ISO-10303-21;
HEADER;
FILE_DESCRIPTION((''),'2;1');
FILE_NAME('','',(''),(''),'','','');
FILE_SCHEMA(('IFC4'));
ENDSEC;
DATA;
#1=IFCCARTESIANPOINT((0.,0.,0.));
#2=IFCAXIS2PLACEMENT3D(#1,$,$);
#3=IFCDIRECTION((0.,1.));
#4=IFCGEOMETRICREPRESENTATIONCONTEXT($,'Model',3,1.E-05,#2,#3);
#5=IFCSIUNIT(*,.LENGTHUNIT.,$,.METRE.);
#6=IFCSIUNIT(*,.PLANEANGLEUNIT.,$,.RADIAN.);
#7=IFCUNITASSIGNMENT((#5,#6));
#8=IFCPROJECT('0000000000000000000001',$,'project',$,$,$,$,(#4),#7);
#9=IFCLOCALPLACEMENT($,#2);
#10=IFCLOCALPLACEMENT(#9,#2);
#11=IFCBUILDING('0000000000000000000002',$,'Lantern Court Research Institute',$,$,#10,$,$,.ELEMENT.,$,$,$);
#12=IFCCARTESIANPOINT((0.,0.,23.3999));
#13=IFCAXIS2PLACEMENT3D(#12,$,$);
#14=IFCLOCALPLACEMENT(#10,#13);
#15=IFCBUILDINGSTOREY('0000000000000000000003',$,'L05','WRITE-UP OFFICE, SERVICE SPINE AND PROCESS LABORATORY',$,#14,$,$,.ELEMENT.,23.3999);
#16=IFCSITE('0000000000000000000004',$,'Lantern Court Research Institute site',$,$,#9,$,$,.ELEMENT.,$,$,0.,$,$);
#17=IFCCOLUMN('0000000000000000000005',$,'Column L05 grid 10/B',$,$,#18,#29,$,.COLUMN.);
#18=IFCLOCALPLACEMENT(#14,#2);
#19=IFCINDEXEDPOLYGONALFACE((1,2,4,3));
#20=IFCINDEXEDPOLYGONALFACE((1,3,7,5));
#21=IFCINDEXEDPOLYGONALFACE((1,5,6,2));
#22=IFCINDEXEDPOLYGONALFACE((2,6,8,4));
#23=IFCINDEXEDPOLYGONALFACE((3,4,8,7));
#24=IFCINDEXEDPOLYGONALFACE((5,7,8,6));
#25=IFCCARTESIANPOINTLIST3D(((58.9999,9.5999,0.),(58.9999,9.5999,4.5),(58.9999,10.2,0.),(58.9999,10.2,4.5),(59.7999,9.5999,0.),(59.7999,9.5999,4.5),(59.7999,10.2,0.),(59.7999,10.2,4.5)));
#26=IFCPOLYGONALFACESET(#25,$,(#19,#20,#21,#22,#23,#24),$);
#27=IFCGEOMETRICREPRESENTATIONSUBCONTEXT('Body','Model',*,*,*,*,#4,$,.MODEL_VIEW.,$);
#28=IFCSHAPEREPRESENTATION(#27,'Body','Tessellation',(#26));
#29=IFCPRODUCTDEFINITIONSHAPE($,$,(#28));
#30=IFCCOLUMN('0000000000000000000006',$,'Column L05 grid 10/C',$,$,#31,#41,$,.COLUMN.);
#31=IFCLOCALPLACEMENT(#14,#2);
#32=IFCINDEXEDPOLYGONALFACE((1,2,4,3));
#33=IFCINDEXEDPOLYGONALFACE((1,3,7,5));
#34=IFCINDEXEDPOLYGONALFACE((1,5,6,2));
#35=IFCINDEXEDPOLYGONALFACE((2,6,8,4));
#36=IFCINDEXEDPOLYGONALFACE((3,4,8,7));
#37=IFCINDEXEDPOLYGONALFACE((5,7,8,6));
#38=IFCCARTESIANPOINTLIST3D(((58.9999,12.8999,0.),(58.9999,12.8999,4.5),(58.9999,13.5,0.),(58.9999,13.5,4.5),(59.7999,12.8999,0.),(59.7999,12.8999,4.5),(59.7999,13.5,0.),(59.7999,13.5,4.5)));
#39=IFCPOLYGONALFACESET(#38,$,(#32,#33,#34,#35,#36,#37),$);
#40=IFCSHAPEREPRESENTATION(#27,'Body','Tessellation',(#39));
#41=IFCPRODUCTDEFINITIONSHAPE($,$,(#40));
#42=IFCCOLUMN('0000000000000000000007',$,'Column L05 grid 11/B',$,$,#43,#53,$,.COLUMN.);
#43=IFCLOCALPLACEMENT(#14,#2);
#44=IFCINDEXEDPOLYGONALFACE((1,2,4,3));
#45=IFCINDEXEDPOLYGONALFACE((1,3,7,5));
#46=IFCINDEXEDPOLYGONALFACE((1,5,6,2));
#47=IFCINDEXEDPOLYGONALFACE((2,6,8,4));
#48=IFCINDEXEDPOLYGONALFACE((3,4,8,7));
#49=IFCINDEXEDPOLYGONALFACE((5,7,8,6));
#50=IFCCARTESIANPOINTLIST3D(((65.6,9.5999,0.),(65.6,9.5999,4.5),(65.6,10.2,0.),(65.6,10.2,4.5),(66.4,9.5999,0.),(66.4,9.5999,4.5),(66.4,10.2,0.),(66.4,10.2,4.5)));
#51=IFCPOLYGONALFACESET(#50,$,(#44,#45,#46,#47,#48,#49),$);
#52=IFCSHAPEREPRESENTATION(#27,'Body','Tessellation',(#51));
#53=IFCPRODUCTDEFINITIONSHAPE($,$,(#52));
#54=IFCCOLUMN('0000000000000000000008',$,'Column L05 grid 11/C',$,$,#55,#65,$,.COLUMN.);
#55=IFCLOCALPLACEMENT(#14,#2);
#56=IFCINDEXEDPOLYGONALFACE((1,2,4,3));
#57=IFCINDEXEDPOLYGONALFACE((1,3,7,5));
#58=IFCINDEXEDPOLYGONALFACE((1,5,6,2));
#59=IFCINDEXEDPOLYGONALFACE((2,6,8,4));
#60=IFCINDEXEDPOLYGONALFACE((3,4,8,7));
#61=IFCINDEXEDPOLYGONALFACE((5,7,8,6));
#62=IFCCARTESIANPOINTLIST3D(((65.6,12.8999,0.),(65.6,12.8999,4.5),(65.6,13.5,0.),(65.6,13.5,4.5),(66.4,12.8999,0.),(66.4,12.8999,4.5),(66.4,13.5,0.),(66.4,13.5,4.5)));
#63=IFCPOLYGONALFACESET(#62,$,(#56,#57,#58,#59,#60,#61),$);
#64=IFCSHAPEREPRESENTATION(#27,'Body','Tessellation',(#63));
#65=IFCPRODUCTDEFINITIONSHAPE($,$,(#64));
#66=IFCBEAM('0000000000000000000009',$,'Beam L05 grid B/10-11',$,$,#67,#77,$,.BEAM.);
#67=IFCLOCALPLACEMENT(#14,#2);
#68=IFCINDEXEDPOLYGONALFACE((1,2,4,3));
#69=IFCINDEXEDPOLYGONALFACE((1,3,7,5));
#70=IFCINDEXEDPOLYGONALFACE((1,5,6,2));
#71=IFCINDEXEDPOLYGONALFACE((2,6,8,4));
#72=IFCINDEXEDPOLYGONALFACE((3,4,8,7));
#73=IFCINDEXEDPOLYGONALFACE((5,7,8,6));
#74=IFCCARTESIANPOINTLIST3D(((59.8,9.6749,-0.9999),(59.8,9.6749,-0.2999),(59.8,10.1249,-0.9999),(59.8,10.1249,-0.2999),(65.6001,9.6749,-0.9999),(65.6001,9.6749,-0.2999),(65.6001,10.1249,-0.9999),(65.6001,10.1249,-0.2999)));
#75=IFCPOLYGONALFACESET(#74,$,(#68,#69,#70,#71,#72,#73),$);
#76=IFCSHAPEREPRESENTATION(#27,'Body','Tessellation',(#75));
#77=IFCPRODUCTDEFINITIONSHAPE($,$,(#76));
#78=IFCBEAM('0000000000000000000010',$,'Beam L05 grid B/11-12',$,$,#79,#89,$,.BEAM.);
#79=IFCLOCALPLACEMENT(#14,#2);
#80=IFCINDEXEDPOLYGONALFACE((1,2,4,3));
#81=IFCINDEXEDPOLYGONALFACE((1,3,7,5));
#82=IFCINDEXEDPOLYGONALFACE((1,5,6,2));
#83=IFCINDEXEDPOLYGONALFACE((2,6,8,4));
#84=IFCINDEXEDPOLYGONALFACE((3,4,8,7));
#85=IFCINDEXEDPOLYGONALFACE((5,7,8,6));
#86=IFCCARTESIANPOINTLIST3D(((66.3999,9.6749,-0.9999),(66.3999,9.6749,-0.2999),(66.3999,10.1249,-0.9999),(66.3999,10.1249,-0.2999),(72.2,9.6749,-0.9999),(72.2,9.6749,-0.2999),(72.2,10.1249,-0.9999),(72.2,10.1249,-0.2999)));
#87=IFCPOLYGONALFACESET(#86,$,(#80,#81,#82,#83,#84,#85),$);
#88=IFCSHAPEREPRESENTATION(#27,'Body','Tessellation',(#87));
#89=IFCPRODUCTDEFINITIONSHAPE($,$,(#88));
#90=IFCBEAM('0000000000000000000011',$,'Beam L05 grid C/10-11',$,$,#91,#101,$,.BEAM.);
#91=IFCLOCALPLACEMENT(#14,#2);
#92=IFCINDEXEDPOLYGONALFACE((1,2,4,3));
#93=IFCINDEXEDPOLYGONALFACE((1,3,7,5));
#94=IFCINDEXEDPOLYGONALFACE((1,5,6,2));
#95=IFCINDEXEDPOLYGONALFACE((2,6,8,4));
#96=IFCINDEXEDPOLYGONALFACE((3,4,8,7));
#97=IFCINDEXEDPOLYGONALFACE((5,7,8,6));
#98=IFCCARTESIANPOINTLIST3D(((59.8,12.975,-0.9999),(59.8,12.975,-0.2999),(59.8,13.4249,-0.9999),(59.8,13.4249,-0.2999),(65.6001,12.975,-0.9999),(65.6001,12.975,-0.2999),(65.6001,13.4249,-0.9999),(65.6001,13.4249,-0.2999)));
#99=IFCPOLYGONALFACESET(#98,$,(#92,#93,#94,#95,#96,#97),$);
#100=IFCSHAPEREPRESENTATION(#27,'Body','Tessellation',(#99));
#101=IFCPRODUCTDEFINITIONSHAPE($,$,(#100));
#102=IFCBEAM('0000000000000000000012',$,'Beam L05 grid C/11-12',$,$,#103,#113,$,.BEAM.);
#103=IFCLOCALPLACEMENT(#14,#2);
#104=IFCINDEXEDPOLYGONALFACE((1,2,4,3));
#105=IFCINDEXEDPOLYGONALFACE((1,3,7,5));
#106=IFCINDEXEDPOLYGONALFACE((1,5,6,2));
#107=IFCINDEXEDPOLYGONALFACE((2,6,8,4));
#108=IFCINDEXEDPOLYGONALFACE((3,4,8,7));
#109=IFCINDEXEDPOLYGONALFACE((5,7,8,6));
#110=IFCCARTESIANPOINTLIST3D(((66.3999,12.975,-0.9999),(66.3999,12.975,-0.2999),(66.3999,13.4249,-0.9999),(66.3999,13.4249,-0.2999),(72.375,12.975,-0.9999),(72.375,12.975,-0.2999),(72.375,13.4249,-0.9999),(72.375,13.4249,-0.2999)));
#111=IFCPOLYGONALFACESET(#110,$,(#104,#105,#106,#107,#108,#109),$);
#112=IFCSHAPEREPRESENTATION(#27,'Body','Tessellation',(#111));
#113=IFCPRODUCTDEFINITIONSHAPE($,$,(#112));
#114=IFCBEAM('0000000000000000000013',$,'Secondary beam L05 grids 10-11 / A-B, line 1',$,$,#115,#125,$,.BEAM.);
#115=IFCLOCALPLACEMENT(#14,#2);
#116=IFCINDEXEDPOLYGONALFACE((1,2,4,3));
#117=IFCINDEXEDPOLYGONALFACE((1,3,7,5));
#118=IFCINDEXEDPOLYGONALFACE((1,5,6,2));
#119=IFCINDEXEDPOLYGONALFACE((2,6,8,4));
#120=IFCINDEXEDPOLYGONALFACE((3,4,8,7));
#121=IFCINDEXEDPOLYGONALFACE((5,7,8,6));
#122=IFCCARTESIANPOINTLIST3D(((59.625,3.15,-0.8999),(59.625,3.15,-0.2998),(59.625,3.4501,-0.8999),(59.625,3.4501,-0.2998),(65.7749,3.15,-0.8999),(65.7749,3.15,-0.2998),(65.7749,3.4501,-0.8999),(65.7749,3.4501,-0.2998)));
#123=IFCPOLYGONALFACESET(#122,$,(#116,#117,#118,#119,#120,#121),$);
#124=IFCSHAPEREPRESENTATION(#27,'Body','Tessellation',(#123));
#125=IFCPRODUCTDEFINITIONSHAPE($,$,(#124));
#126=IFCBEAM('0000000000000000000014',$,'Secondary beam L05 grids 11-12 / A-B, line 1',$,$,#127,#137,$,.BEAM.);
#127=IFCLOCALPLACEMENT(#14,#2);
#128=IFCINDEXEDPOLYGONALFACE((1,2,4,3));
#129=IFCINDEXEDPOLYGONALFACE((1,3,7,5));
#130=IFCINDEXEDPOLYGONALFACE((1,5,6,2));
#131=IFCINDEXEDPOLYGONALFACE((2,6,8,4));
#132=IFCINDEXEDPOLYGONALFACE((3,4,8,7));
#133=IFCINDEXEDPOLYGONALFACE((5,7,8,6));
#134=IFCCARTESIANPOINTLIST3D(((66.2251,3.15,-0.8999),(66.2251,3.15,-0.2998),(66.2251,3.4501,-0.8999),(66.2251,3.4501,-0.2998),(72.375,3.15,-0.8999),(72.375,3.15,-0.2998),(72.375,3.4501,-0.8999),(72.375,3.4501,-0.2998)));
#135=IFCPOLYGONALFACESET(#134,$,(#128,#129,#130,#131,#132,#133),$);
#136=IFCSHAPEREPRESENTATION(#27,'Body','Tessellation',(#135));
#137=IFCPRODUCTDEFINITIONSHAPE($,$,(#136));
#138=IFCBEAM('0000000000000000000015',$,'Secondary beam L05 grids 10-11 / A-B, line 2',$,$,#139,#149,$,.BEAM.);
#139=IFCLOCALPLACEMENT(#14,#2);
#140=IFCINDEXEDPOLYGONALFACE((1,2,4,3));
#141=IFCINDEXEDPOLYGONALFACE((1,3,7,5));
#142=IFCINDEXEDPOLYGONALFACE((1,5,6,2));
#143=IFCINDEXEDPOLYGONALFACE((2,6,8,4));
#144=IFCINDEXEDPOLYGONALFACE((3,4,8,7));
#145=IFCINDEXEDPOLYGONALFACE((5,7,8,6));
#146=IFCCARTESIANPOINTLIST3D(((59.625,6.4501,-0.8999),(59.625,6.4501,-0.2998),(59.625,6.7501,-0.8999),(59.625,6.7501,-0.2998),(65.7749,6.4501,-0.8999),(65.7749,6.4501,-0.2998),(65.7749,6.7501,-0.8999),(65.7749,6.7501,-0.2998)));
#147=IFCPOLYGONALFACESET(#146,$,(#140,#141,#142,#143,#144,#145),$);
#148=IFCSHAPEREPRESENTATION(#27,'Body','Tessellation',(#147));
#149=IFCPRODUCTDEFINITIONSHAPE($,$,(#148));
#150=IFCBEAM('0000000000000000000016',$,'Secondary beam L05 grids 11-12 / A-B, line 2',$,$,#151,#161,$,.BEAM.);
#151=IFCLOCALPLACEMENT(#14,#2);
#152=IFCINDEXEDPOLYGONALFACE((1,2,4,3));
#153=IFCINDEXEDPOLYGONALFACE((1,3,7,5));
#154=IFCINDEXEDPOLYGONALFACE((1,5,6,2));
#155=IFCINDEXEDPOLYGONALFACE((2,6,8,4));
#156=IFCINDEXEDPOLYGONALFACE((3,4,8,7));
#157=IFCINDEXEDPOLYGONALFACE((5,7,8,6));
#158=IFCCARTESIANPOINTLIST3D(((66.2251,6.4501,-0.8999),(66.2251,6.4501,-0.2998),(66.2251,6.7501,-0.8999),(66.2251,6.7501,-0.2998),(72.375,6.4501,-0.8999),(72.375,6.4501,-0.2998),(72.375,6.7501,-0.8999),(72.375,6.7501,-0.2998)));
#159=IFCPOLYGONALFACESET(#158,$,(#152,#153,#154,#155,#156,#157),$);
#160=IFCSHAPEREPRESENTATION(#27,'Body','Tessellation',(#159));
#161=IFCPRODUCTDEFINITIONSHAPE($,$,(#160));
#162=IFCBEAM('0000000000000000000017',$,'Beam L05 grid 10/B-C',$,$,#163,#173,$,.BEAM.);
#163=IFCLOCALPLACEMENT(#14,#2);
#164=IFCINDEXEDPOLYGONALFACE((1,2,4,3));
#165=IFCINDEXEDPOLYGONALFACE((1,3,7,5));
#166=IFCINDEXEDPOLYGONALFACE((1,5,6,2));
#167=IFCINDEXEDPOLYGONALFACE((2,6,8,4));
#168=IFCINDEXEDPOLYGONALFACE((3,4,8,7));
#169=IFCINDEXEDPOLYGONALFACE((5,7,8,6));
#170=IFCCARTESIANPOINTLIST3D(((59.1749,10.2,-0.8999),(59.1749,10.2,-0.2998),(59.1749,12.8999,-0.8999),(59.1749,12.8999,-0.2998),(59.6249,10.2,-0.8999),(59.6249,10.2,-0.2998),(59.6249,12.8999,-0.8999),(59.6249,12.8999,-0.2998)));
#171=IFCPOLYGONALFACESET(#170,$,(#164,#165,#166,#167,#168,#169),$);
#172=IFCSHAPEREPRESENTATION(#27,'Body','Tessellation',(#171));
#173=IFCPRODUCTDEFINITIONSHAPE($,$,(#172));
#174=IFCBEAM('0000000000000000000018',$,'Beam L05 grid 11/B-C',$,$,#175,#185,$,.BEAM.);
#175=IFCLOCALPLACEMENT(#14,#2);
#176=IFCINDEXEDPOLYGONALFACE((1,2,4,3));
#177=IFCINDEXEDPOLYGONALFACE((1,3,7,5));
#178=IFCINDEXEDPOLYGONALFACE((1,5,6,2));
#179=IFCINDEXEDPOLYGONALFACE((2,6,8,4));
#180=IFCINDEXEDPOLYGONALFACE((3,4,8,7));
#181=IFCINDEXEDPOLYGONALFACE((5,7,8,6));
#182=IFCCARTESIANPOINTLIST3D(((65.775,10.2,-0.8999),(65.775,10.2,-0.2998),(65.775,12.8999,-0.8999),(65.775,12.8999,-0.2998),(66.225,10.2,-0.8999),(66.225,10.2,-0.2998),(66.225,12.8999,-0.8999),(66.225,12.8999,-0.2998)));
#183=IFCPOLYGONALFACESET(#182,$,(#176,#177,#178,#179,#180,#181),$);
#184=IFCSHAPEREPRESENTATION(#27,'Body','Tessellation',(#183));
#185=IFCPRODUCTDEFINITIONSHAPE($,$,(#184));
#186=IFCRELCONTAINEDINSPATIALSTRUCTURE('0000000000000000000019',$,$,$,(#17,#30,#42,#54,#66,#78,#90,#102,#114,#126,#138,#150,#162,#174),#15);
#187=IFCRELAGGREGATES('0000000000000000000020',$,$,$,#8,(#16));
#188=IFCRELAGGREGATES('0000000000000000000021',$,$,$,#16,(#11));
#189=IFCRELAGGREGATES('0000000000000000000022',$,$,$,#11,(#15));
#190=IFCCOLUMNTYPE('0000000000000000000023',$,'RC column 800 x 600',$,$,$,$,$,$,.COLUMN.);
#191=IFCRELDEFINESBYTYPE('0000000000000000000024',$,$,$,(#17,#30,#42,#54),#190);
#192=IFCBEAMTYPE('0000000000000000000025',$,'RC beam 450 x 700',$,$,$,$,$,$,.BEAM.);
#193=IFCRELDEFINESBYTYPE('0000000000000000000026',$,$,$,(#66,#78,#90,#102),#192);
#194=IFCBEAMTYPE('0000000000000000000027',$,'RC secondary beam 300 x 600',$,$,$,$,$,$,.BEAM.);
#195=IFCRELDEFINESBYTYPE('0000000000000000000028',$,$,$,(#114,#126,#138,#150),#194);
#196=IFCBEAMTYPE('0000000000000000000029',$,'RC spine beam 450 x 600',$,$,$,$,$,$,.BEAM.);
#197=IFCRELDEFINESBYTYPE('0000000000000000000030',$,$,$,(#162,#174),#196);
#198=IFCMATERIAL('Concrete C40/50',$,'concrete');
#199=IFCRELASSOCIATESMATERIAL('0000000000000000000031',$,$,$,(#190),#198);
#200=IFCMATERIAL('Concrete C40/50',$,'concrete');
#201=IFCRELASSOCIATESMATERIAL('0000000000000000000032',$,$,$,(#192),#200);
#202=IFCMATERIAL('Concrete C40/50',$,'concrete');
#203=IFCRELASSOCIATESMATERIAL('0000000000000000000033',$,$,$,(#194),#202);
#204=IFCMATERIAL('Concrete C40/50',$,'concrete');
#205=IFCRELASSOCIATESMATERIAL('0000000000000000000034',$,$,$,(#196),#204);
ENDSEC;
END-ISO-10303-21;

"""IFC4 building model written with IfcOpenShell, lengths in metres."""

from ifc_helpers import new_model, si_unit, direction, frame, origin, origin_2d, place, context, subcontext, project, spatial, rectangle, extrude, material, material_profile, profile_set, type_object, element, save


model = new_model("IFC4")

# Units and contexts
model_context = context("Model", 3, precision=1e-05, world=origin(), true_north=direction((0.0, 1.0)))
body_context = subcontext(model_context, "Body", "Model", "MODEL_VIEW")
ifc_project = project(units=[si_unit("LENGTHUNIT", "METRE"), si_unit("PLANEANGLEUNIT", "RADIAN")], contexts=[model_context])

# Site, building, storey
site_placement = place(None, origin())
site = spatial("IfcSite", under=ifc_project, at=site_placement, Name="Lantern Court Research Institute site", CompositionType="ELEMENT", RefElevation=0.0)
building_placement = place(site_placement, origin())
building = spatial("IfcBuilding", under=site, at=building_placement, Name="Lantern Court Research Institute", CompositionType="ELEMENT")
storey_placement = place(building_placement, frame((0.0, 0.0, 23.3999)))
storey = spatial("IfcBuildingStorey", under=building, at=storey_placement, Name="L05", Description="WRITE-UP OFFICE, SERVICE SPINE AND PROCESS LABORATORY", CompositionType="ELEMENT", Elevation=23.3999)

# Columns
ifc_material_1 = material(Name="Concrete C40/50", Category="concrete")
ifc_material_profile_1 = material_profile(ifc_material_1, rectangle(XDim=0.8, YDim=0.6001, at=origin_2d()), Name="RC column 800 x 600")
ifc_profile_set_1 = profile_set([ifc_material_profile_1], Name="Concrete C40/50")
column_type = type_object("IfcColumnType", Name="RC column 800 x 600", PredefinedType="COLUMN", material=ifc_profile_set_1)
for number, where, z_axis, x_axis, name in (
    (1, (59.3999, 9.8999, 0.0), (0.0, 0.0, 1.0), (1.0, 0.0, 0.0), "Column L05 grid 10/B"),
    (2, (59.3999, 13.2, 0.0), (0.0, 0.0, 1.0), (1.0, 0.0, 0.0), "Column L05 grid 10/C"),
    (3, (66.0, 9.8999, 0.0), (0.0, 0.0, 1.0), (1.0, 0.0, 0.0), "Column L05 grid 11/B"),
    (4, (66.0, 13.2, 0.0), (0.0, 0.0, 1.0), (1.0, 0.0, 0.0), "Column L05 grid 11/C"),
):
    element("IfcColumn", number, at=place(storey_placement, frame(where, z_axis=z_axis, x_axis=x_axis)), inside=storey, type_object=column_type, Name=name, PredefinedType="COLUMN", context=body_context, shape_type="SweptSolid", body=[
        extrude(rectangle(XDim=0.8, YDim=0.6001, at=origin_2d()), origin(), (0.0, 0.0, 1.0), 4.5),
    ])

# Beams
ifc_material_2 = material(Name="Concrete C40/50", Category="concrete")
ifc_material_profile_2 = material_profile(ifc_material_2, rectangle(XDim=0.45, YDim=0.7, at=origin_2d()), Name="RC beam 450 x 700")
ifc_profile_set_2 = profile_set([ifc_material_profile_2], Name="Concrete C40/50")
beam_type_1 = type_object("IfcBeamType", Name="RC beam 450 x 700", PredefinedType="BEAM", material=ifc_profile_set_2)
for number, where, z_axis, x_axis, name in (
    (5, (59.8, 9.8999, -0.6499), (1.0, 0.0, 0.0), (0.0, 1.0, 0.0), "Beam L05 grid B/10-11"),
    (6, (66.3999, 9.8999, -0.6499), (1.0, 0.0, 0.0), (0.0, 1.0, 0.0), "Beam L05 grid B/11-12"),
    (7, (59.8, 13.2, -0.6499), (1.0, 0.0, 0.0), (0.0, 1.0, 0.0), "Beam L05 grid C/10-11"),
):
    element("IfcBeam", number, at=place(storey_placement, frame(where, z_axis=z_axis, x_axis=x_axis)), inside=storey, type_object=beam_type_1, Name=name, PredefinedType="BEAM", context=body_context, shape_type="SweptSolid", body=[
        extrude(rectangle(XDim=0.45, YDim=0.7, at=origin_2d()), origin(), (0.0, 0.0, 1.0), 5.8),
    ])
beam_placement = place(storey_placement, frame((66.3999, 13.2, -0.6499), z_axis=(1.0, 0.0, 0.0), x_axis=(0.0, 1.0, 0.0)))
element("IfcBeam", 8, at=beam_placement, inside=storey, type_object=beam_type_1, Name="Beam L05 grid C/11-12", PredefinedType="BEAM", context=body_context, shape_type="SweptSolid", body=[
    extrude(rectangle(XDim=0.45, YDim=0.7, at=origin_2d()), origin(), (0.0, 0.0, 1.0), 5.9751),
])
ifc_material_3 = material(Name="Concrete C40/50", Category="concrete")
ifc_material_profile_3 = material_profile(ifc_material_3, rectangle(XDim=0.3, YDim=0.6001, at=origin_2d()), Name="RC beam 300 x 600")
ifc_profile_set_3 = profile_set([ifc_material_profile_3], Name="Concrete C40/50")
beam_type_2 = type_object("IfcBeamType", Name="RC secondary beam 300 x 600", PredefinedType="BEAM", material=ifc_profile_set_3)
for number, where, z_axis, x_axis, name in (
    (9, (59.625, 3.3, -0.5999), (1.0, 0.0, 0.0), (0.0, 1.0, 0.0), "Secondary beam L05 grids 10-11 / A-B, line 1"),
    (10, (66.2251, 3.3, -0.5999), (1.0, 0.0, 0.0), (0.0, 1.0, 0.0), "Secondary beam L05 grids 11-12 / A-B, line 1"),
    (11, (59.625, 6.6001, -0.5999), (1.0, 0.0, 0.0), (0.0, 1.0, 0.0), "Secondary beam L05 grids 10-11 / A-B, line 2"),
    (12, (66.2251, 6.6001, -0.5999), (1.0, 0.0, 0.0), (0.0, 1.0, 0.0), "Secondary beam L05 grids 11-12 / A-B, line 2"),
):
    element("IfcBeam", number, at=place(storey_placement, frame(where, z_axis=z_axis, x_axis=x_axis)), inside=storey, type_object=beam_type_2, Name=name, PredefinedType="BEAM", context=body_context, shape_type="SweptSolid", body=[
        extrude(rectangle(XDim=0.3, YDim=0.6001, at=origin_2d()), origin(), (0.0, 0.0, 1.0), 6.1499),
    ])
ifc_material_4 = material(Name="Concrete C40/50", Category="concrete")
ifc_material_profile_4 = material_profile(ifc_material_4, rectangle(XDim=0.45, YDim=0.6001, at=origin_2d()), Name="RC beam 450 x 600")
ifc_profile_set_4 = profile_set([ifc_material_profile_4], Name="Concrete C40/50")
beam_type_3 = type_object("IfcBeamType", Name="RC spine beam 450 x 600", PredefinedType="BEAM", material=ifc_profile_set_4)
for number, where, z_axis, x_axis, name in (
    (13, (59.3999, 10.2, -0.5999), (0.0, 1.0, 0.0), (-1.0, 0.0, 0.0), "Beam L05 grid 10/B-C"),
    (14, (66.0, 10.2, -0.5999), (0.0, 1.0, 0.0), (-1.0, 0.0, 0.0), "Beam L05 grid 11/B-C"),
):
    element("IfcBeam", number, at=place(storey_placement, frame(where, z_axis=z_axis, x_axis=x_axis)), inside=storey, type_object=beam_type_3, Name=name, PredefinedType="BEAM", context=body_context, shape_type="SweptSolid", body=[
        extrude(rectangle(XDim=0.45, YDim=0.6001, at=origin_2d()), origin(), (0.0, 0.0, 1.0), 2.7),
    ])

save(model, "model.ifc")
